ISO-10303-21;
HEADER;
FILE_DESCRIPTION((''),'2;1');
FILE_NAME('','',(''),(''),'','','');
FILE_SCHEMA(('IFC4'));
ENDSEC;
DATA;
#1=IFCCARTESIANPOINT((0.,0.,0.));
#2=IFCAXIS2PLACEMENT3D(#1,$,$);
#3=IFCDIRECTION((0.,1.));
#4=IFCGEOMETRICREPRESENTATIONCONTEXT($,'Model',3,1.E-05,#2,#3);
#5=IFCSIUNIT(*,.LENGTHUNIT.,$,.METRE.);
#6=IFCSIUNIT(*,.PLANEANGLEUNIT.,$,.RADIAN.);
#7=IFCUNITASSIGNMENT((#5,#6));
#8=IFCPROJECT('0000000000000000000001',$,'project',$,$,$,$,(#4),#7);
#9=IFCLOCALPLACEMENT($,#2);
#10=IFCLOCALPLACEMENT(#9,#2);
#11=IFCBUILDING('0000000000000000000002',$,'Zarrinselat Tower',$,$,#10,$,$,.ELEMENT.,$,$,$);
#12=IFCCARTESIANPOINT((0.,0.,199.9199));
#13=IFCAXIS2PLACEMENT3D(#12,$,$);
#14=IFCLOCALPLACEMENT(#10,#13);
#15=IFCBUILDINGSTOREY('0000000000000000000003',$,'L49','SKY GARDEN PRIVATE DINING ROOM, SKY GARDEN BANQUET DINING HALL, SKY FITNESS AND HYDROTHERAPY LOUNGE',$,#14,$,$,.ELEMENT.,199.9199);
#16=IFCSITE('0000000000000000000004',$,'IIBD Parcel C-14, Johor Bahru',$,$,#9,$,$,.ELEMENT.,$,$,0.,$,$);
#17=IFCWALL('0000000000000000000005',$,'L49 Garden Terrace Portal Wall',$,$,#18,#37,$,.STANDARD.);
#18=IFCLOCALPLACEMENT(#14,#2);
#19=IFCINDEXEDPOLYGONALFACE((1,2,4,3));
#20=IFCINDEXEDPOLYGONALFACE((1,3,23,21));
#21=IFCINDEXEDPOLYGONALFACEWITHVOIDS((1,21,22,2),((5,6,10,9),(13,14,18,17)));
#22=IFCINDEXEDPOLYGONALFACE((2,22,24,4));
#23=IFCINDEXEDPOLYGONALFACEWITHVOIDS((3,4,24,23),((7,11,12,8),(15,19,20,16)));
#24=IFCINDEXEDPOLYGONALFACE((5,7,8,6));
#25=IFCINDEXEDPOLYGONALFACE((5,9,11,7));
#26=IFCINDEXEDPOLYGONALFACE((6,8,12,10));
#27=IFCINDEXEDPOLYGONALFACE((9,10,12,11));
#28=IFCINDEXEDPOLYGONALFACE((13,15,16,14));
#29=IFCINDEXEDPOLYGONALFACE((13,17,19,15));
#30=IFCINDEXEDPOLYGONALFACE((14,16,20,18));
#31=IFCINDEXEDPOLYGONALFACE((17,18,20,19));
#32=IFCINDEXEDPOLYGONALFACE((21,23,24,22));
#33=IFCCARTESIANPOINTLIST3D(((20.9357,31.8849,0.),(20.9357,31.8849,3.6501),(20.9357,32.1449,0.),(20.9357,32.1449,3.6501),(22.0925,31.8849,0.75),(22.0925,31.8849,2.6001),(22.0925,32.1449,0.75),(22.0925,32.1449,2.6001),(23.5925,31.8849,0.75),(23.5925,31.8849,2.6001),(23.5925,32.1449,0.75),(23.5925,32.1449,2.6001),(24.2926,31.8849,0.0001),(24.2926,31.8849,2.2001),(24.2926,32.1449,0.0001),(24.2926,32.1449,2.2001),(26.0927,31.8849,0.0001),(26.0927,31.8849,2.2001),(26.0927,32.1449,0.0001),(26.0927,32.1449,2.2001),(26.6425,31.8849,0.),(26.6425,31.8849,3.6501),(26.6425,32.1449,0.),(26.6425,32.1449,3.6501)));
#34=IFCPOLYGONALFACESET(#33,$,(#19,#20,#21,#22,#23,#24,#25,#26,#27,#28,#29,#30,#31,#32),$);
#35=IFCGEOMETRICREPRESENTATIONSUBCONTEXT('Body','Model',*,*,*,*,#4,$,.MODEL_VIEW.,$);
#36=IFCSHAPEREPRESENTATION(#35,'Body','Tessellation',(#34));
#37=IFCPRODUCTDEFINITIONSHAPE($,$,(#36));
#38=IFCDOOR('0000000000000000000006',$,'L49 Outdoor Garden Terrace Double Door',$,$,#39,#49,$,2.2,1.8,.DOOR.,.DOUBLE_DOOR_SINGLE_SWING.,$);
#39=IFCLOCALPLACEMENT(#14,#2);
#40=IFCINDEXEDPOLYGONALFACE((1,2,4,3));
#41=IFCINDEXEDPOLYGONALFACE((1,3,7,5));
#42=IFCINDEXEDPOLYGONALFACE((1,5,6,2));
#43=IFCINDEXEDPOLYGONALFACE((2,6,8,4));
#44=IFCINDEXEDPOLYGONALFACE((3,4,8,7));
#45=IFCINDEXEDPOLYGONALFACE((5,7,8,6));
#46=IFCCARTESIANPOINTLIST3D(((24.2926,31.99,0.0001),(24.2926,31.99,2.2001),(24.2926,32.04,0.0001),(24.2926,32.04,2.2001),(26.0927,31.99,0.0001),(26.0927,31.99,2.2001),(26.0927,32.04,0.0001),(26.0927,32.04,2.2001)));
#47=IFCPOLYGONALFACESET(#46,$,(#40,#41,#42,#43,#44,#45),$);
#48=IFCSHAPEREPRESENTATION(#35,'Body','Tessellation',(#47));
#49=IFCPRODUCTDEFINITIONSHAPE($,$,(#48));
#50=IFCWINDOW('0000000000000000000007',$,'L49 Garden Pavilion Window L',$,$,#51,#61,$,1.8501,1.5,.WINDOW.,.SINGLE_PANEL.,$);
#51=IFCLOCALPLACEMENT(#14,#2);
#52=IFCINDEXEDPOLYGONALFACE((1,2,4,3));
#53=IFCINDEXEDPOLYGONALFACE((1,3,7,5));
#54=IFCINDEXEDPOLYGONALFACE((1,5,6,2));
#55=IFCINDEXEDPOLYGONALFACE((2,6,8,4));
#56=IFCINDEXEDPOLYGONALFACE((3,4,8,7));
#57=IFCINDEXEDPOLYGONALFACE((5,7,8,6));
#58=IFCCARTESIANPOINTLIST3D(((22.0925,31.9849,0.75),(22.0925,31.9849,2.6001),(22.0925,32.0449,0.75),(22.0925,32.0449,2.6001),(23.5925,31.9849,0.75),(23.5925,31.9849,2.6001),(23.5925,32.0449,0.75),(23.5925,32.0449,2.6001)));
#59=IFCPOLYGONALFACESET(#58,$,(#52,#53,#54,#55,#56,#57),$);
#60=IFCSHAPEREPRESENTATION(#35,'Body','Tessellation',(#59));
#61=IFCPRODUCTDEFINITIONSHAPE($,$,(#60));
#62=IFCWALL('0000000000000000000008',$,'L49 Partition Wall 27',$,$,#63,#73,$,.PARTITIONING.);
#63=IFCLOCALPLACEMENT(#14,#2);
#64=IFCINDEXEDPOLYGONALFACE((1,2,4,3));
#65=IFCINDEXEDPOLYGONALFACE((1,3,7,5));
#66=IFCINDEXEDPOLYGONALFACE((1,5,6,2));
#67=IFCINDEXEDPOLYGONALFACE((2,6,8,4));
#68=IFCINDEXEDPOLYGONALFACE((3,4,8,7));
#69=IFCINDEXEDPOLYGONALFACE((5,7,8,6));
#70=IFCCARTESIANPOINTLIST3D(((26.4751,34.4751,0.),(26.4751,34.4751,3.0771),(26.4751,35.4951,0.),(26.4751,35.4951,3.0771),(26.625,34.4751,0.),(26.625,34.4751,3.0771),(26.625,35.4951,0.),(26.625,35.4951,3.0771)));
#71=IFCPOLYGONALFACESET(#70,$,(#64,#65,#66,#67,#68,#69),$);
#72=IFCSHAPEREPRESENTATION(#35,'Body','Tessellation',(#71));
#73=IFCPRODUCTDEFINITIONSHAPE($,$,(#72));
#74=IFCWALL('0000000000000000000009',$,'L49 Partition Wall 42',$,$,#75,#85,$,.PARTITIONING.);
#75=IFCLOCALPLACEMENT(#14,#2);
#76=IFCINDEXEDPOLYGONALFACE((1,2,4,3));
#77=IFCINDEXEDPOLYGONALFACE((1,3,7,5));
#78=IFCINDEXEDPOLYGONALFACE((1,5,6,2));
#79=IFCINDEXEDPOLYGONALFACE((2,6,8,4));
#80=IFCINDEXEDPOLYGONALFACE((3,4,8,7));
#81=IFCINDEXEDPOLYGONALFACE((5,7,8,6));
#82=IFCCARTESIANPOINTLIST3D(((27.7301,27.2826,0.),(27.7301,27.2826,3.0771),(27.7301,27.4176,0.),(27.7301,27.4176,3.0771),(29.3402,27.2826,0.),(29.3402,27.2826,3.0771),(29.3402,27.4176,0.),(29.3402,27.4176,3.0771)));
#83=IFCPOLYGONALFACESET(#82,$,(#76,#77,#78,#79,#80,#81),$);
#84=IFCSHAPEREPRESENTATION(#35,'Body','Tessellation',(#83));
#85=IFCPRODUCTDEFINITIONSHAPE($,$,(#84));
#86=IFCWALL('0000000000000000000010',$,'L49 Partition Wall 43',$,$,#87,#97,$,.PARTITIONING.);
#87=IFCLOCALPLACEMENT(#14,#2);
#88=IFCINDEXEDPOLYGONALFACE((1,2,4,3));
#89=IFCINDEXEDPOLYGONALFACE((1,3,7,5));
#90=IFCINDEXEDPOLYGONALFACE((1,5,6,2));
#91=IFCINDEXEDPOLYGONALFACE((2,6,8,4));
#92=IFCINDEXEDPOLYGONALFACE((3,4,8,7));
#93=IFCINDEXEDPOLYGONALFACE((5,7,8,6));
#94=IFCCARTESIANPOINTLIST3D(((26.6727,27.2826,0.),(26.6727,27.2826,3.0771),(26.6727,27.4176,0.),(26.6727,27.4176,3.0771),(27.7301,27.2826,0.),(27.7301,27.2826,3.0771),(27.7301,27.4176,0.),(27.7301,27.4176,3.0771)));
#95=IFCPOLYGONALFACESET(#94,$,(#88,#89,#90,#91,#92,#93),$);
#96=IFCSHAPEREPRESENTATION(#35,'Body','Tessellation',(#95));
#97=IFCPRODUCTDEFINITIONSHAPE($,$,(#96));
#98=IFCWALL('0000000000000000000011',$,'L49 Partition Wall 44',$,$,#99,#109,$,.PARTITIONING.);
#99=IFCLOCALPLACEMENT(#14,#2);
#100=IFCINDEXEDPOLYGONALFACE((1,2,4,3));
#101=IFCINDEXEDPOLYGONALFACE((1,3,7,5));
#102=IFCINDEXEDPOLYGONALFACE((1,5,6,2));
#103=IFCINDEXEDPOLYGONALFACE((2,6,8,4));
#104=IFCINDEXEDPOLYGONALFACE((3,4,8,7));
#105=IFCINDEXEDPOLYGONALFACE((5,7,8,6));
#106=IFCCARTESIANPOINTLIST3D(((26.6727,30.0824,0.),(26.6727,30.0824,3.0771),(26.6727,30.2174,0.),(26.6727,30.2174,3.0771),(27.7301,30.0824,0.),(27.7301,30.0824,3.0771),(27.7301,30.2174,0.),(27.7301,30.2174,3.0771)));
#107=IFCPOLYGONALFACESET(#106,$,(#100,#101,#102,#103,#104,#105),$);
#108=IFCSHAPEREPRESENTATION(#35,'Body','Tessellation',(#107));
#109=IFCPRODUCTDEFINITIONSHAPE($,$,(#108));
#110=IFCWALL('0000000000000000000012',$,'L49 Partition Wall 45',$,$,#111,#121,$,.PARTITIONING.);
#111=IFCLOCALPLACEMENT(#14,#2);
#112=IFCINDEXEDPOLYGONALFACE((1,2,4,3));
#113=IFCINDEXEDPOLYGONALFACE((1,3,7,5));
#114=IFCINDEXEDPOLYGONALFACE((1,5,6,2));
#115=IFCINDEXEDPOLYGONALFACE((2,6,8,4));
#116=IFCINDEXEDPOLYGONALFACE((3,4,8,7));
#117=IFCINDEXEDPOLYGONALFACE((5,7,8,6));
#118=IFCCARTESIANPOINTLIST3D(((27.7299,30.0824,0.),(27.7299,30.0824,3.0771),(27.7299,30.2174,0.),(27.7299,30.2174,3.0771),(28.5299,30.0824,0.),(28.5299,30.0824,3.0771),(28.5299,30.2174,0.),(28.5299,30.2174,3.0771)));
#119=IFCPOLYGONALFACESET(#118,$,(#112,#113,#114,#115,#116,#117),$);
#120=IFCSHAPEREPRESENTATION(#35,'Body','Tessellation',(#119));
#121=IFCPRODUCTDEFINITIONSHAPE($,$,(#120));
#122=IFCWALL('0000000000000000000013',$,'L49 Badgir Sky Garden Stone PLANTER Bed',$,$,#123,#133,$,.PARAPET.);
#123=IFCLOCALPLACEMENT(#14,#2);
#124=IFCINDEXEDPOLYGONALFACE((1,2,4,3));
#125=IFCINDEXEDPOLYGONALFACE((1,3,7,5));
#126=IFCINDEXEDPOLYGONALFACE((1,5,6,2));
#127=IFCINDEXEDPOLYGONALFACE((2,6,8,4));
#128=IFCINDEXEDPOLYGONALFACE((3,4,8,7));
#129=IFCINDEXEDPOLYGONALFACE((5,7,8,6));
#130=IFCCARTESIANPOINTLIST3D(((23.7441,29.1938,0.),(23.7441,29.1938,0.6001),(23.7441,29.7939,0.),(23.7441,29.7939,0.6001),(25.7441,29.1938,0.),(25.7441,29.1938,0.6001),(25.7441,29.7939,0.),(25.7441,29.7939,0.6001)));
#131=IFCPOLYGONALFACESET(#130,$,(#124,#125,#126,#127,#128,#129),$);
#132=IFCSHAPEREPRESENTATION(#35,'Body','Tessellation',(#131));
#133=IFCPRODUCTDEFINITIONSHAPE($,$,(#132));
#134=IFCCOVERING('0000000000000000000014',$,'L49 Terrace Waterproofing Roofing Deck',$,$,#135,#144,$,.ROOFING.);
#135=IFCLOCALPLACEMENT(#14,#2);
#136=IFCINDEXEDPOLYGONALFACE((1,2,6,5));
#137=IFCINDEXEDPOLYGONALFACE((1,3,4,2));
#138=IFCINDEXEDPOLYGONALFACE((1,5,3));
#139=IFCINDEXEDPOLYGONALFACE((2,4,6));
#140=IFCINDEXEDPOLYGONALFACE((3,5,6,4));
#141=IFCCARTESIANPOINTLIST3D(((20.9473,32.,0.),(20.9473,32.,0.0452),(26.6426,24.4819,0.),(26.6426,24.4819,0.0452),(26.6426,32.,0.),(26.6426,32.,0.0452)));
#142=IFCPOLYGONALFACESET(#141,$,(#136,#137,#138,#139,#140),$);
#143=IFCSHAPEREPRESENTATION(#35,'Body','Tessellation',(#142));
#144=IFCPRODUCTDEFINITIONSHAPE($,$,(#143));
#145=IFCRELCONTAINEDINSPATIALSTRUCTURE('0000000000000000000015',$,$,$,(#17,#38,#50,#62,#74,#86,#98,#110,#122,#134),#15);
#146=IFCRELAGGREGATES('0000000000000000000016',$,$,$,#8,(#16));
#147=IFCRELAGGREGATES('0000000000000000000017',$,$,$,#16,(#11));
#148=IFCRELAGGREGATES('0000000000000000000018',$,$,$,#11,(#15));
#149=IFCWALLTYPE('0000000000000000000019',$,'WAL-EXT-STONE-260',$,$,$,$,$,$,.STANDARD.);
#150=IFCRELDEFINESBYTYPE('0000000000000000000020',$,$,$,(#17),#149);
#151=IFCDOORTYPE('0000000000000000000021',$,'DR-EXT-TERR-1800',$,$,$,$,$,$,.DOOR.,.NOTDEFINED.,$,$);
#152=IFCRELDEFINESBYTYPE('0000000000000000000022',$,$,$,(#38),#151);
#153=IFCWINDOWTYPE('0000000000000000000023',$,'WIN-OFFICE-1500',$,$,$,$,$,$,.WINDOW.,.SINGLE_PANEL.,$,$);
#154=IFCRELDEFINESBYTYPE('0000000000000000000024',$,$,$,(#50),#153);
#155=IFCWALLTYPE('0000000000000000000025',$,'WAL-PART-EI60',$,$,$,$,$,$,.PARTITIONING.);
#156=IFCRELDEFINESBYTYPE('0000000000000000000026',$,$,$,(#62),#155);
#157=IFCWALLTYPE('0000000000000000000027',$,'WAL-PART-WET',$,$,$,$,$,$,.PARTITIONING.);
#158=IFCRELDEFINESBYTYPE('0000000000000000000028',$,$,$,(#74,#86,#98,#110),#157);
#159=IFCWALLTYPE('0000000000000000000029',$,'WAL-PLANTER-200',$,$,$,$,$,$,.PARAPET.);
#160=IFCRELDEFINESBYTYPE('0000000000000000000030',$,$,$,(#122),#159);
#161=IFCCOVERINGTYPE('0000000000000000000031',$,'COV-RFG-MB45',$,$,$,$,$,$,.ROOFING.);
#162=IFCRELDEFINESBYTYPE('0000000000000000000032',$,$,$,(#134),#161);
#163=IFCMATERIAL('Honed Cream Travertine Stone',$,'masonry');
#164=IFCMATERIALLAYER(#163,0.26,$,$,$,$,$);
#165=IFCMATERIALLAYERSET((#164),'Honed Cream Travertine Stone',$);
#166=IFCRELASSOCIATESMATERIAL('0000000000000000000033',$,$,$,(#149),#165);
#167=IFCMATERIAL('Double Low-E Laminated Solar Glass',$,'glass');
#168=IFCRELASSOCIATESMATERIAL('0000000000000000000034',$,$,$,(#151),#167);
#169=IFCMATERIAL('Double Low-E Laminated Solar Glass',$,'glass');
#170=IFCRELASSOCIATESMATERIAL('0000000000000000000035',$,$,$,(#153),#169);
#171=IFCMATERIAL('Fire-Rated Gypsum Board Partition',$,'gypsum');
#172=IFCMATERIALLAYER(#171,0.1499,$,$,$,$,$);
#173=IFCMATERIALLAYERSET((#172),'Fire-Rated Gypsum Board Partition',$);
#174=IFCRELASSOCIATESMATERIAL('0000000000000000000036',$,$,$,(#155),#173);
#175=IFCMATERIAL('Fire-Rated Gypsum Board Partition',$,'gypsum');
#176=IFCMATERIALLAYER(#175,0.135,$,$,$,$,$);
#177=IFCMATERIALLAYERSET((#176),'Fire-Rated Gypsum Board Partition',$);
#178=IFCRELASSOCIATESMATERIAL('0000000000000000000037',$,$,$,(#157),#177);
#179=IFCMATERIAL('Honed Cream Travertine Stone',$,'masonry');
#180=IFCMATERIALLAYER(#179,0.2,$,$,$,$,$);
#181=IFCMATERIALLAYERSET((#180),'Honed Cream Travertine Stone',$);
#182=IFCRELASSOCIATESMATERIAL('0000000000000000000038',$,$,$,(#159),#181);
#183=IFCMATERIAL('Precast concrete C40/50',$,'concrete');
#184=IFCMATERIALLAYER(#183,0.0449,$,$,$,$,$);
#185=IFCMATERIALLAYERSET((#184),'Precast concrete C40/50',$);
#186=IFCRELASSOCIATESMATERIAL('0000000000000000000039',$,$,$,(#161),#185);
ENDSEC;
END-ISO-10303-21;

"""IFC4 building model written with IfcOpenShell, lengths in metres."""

from ifc_helpers import new_model, si_unit, direction, frame, frame_2d, origin, place, context, subcontext, project, spatial, polyline, rectangle, outline, extrude, material, layer, layer_set, type_object, element, fill, save


model = new_model("IFC4")

# Units and contexts
model_context = context("Model", 3, precision=1e-05, world=origin(), true_north=direction((0.0, 1.0)))
body_context = subcontext(model_context, "Body", "Model", "MODEL_VIEW")
ifc_project = project(units=[si_unit("LENGTHUNIT", "METRE"), si_unit("PLANEANGLEUNIT", "RADIAN")], contexts=[model_context])

# Site, building, storey
site_placement = place(None, origin())
site = spatial("IfcSite", under=ifc_project, at=site_placement, Name="IIBD Parcel C-14, Johor Bahru", CompositionType="ELEMENT", RefElevation=0.0)
building_placement = place(site_placement, origin())
building = spatial("IfcBuilding", under=site, at=building_placement, Name="Zarrinselat Tower", CompositionType="ELEMENT")
storey_placement = place(building_placement, frame((0.0, 0.0, 199.9199)))
storey = spatial("IfcBuildingStorey", under=building, at=storey_placement, Name="L49", Description="SKY GARDEN PRIVATE DINING ROOM, SKY GARDEN BANQUET DINING HALL, SKY FITNESS AND HYDROTHERAPY LOUNGE", CompositionType="ELEMENT", Elevation=199.9199)

# Wall, openings, door, window
ifc_material_1 = material(Name="Honed Cream Travertine Stone", Category="masonry")
ifc_layer_1 = layer(ifc_material_1, 0.26)
ifc_layer_set_1 = layer_set([ifc_layer_1], Name="Honed Cream Travertine Stone")
wall_type_1 = type_object("IfcWallType", Name="WAL-EXT-STONE-260", PredefinedType="STANDARD", material=ifc_layer_set_1)
wall_1_placement = place(storey_placement, frame((26.6426, 32.0149, 0.0), z_axis=(0.0, 0.0, 1.0), x_axis=(-1.0, 0.0, 0.0)))
wall_1 = element("IfcWall", 1, at=wall_1_placement, inside=storey, type_object=wall_type_1, Name="L49 Garden Terrace Portal Wall", PredefinedType="STANDARD", context=body_context, shape_type="SweptSolid", body=[
    extrude(rectangle(XDim=5.7068, YDim=0.26, at=frame_2d((2.8535, 0.0))), origin(), (0.0, 0.0, 1.0), 3.6501),
])
opening_1_placement = place(wall_1_placement, frame((0.55, 0.0, 0.0)))
opening_1 = element("IfcOpeningElement", 2, at=opening_1_placement, cuts=wall_1, PredefinedType="OPENING", context=body_context, shape_type="SweptSolid", body=[
    extrude(rectangle(XDim=1.8, YDim=2.2, at=frame_2d((0.8999, 1.1001))), frame((0.0, 0.1399, 0.0), z_axis=(0.0, -1.0, 0.0), x_axis=(1.0, 0.0, 0.0)), (0.0, 0.0, 1.0), 0.28),
])
opening_2_placement = place(wall_1_placement, frame((3.05, 0.0, 0.75)))
opening_2 = element("IfcOpeningElement", 3, at=opening_2_placement, cuts=wall_1, PredefinedType="OPENING", context=body_context, shape_type="SweptSolid", body=[
    extrude(rectangle(XDim=1.5, YDim=1.8501, at=frame_2d((0.75, 0.925))), frame((0.0, 0.1399, 0.0), z_axis=(0.0, -1.0, 0.0), x_axis=(1.0, 0.0, 0.0)), (0.0, 0.0, 1.0), 0.28),
])
ifc_material_2 = material(Name="Double Low-E Laminated Solar Glass", Category="glass")
door_type = type_object("IfcDoorType", Name="DR-EXT-TERR-1800", OperationType="NOTDEFINED", PredefinedType="DOOR", material=ifc_material_2)
door_placement = place(opening_1_placement, origin())
door = element("IfcDoor", 4, at=door_placement, inside=storey, type_object=door_type, Name="L49 Outdoor Garden Terrace Double Door", OperationType="DOUBLE_DOOR_SINGLE_SWING", OverallHeight=2.2, OverallWidth=1.8, PredefinedType="DOOR", context=body_context, shape_type="SweptSolid", body=[
    extrude(rectangle(XDim=1.8, YDim=2.2, at=frame_2d((0.8999, 1.1001))), frame((0.0, 0.0249, 0.0), z_axis=(0.0, -1.0, 0.0), x_axis=(1.0, 0.0, 0.0)), (0.0, 0.0, 1.0), 0.05),
])
fill(opening_1, door)
ifc_material_3 = material(Name="Double Low-E Laminated Solar Glass", Category="glass")
window_type = type_object("IfcWindowType", Name="WIN-OFFICE-1500", PartitioningType="SINGLE_PANEL", PredefinedType="WINDOW", material=ifc_material_3)
window_placement = place(opening_2_placement, origin())
window = element("IfcWindow", 5, at=window_placement, inside=storey, type_object=window_type, Name="L49 Garden Pavilion Window L", OverallHeight=1.8501, OverallWidth=1.5, PartitioningType="SINGLE_PANEL", PredefinedType="WINDOW", context=body_context, shape_type="SweptSolid", body=[
    extrude(rectangle(XDim=1.5, YDim=1.8501, at=frame_2d((0.75, 0.925))), frame((0.0, 0.03, 0.0), z_axis=(0.0, -1.0, 0.0), x_axis=(1.0, 0.0, 0.0)), (0.0, 0.0, 1.0), 0.0601),
])
fill(opening_2, window)

# Walls
ifc_material_4 = material(Name="Fire-Rated Gypsum Board Partition", Category="gypsum")
ifc_layer_2 = layer(ifc_material_4, 0.1499)
ifc_layer_set_2 = layer_set([ifc_layer_2], Name="Fire-Rated Gypsum Board Partition")
wall_type_2 = type_object("IfcWallType", Name="WAL-PART-EI60", PredefinedType="PARTITIONING", material=ifc_layer_set_2)
wall_2_placement = place(storey_placement, frame((26.55, 34.4751, 0.0), z_axis=(0.0, 0.0, 1.0), x_axis=(0.0, 1.0, 0.0)))
element("IfcWall", 6, at=wall_2_placement, inside=storey, type_object=wall_type_2, Name="L49 Partition Wall 27", PredefinedType="PARTITIONING", context=body_context, shape_type="SweptSolid", body=[
    extrude(rectangle(XDim=1.02, YDim=0.1499, at=frame_2d((0.51, 0.0))), origin(), (0.0, 0.0, 1.0), 3.0771),
])
ifc_material_5 = material(Name="Fire-Rated Gypsum Board Partition", Category="gypsum")
ifc_layer_3 = layer(ifc_material_5, 0.135)
ifc_layer_set_3 = layer_set([ifc_layer_3], Name="Fire-Rated Gypsum Board Partition")
wall_type_3 = type_object("IfcWallType", Name="WAL-PART-WET", PredefinedType="PARTITIONING", material=ifc_layer_set_3)
wall_3_placement = place(storey_placement, frame((27.73, 27.3501, 0.0), z_axis=(0.0, 0.0, 1.0), x_axis=(1.0, 0.0, 0.0)))
element("IfcWall", 7, at=wall_3_placement, inside=storey, type_object=wall_type_3, Name="L49 Partition Wall 42", PredefinedType="PARTITIONING", context=body_context, shape_type="SweptSolid", body=[
    extrude(rectangle(XDim=1.6101, YDim=0.135, at=frame_2d((0.8052, 0.0))), origin(), (0.0, 0.0, 1.0), 3.0771),
])
for number, where, z_axis, x_axis, name in (
    (8, (26.6726, 27.3501, 0.0), (0.0, 0.0, 1.0), (1.0, 0.0, 0.0), "L49 Partition Wall 43"),
    (9, (26.6726, 30.1499, 0.0), (0.0, 0.0, 1.0), (1.0, 0.0, 0.0), "L49 Partition Wall 44"),
):
    element("IfcWall", number, at=place(storey_placement, frame(where, z_axis=z_axis, x_axis=x_axis)), inside=storey, type_object=wall_type_3, Name=name, PredefinedType="PARTITIONING", context=body_context, shape_type="SweptSolid", body=[
        extrude(rectangle(XDim=1.0574, YDim=0.135, at=frame_2d((0.5288, 0.0))), origin(), (0.0, 0.0, 1.0), 3.0771),
    ])
wall_4_placement = place(storey_placement, frame((27.73, 30.1499, 0.0), z_axis=(0.0, 0.0, 1.0), x_axis=(1.0, 0.0, 0.0)))
element("IfcWall", 10, at=wall_4_placement, inside=storey, type_object=wall_type_3, Name="L49 Partition Wall 45", PredefinedType="PARTITIONING", context=body_context, shape_type="SweptSolid", body=[
    extrude(rectangle(XDim=0.8, YDim=0.135, at=frame_2d((0.3999, 0.0))), origin(), (0.0, 0.0, 1.0), 3.0771),
])
ifc_material_6 = material(Name="Honed Cream Travertine Stone", Category="masonry")
ifc_layer_4 = layer(ifc_material_6, 0.2)
ifc_layer_set_4 = layer_set([ifc_layer_4], Name="Honed Cream Travertine Stone")
wall_type_4 = type_object("IfcWallType", Name="WAL-PLANTER-200", PredefinedType="PARAPET", material=ifc_layer_set_4)
wall_5_placement = place(storey_placement, frame((23.7441, 29.4939, 0.0), z_axis=(0.0, 0.0, 1.0), x_axis=(1.0, 0.0, 0.0)))
element("IfcWall", 11, at=wall_5_placement, inside=storey, type_object=wall_type_4, Name="L49 Badgir Sky Garden Stone PLANTER Bed", PredefinedType="PARAPET", context=body_context, shape_type="SweptSolid", body=[
    extrude(rectangle(XDim=2.0, YDim=0.6001, at=frame_2d((1.0, 0.0))), origin(), (0.0, 0.0, 1.0), 0.6001),
])

# Covering
ifc_material_7 = material(Name="Precast concrete C40/50", Category="concrete")
ifc_layer_5 = layer(ifc_material_7, 0.0449)
ifc_layer_set_5 = layer_set([ifc_layer_5], Name="Precast concrete C40/50")
covering_type = type_object("IfcCoveringType", Name="COV-RFG-MB45", PredefinedType="ROOFING", material=ifc_layer_set_5)
covering_placement = place(storey_placement, origin())
element("IfcCovering", 12, at=covering_placement, inside=storey, type_object=covering_type, Name="L49 Terrace Waterproofing Roofing Deck", PredefinedType="ROOFING", context=body_context, shape_type="SweptSolid", body=[
    extrude(outline(polyline([(20.9473, 32.0), (26.6426, 32.0), (26.6426, 24.4819), (20.9473, 32.0)])), origin(), (0.0, 0.0, 1.0), 0.0452),
])

save(model, "model.ifc")
